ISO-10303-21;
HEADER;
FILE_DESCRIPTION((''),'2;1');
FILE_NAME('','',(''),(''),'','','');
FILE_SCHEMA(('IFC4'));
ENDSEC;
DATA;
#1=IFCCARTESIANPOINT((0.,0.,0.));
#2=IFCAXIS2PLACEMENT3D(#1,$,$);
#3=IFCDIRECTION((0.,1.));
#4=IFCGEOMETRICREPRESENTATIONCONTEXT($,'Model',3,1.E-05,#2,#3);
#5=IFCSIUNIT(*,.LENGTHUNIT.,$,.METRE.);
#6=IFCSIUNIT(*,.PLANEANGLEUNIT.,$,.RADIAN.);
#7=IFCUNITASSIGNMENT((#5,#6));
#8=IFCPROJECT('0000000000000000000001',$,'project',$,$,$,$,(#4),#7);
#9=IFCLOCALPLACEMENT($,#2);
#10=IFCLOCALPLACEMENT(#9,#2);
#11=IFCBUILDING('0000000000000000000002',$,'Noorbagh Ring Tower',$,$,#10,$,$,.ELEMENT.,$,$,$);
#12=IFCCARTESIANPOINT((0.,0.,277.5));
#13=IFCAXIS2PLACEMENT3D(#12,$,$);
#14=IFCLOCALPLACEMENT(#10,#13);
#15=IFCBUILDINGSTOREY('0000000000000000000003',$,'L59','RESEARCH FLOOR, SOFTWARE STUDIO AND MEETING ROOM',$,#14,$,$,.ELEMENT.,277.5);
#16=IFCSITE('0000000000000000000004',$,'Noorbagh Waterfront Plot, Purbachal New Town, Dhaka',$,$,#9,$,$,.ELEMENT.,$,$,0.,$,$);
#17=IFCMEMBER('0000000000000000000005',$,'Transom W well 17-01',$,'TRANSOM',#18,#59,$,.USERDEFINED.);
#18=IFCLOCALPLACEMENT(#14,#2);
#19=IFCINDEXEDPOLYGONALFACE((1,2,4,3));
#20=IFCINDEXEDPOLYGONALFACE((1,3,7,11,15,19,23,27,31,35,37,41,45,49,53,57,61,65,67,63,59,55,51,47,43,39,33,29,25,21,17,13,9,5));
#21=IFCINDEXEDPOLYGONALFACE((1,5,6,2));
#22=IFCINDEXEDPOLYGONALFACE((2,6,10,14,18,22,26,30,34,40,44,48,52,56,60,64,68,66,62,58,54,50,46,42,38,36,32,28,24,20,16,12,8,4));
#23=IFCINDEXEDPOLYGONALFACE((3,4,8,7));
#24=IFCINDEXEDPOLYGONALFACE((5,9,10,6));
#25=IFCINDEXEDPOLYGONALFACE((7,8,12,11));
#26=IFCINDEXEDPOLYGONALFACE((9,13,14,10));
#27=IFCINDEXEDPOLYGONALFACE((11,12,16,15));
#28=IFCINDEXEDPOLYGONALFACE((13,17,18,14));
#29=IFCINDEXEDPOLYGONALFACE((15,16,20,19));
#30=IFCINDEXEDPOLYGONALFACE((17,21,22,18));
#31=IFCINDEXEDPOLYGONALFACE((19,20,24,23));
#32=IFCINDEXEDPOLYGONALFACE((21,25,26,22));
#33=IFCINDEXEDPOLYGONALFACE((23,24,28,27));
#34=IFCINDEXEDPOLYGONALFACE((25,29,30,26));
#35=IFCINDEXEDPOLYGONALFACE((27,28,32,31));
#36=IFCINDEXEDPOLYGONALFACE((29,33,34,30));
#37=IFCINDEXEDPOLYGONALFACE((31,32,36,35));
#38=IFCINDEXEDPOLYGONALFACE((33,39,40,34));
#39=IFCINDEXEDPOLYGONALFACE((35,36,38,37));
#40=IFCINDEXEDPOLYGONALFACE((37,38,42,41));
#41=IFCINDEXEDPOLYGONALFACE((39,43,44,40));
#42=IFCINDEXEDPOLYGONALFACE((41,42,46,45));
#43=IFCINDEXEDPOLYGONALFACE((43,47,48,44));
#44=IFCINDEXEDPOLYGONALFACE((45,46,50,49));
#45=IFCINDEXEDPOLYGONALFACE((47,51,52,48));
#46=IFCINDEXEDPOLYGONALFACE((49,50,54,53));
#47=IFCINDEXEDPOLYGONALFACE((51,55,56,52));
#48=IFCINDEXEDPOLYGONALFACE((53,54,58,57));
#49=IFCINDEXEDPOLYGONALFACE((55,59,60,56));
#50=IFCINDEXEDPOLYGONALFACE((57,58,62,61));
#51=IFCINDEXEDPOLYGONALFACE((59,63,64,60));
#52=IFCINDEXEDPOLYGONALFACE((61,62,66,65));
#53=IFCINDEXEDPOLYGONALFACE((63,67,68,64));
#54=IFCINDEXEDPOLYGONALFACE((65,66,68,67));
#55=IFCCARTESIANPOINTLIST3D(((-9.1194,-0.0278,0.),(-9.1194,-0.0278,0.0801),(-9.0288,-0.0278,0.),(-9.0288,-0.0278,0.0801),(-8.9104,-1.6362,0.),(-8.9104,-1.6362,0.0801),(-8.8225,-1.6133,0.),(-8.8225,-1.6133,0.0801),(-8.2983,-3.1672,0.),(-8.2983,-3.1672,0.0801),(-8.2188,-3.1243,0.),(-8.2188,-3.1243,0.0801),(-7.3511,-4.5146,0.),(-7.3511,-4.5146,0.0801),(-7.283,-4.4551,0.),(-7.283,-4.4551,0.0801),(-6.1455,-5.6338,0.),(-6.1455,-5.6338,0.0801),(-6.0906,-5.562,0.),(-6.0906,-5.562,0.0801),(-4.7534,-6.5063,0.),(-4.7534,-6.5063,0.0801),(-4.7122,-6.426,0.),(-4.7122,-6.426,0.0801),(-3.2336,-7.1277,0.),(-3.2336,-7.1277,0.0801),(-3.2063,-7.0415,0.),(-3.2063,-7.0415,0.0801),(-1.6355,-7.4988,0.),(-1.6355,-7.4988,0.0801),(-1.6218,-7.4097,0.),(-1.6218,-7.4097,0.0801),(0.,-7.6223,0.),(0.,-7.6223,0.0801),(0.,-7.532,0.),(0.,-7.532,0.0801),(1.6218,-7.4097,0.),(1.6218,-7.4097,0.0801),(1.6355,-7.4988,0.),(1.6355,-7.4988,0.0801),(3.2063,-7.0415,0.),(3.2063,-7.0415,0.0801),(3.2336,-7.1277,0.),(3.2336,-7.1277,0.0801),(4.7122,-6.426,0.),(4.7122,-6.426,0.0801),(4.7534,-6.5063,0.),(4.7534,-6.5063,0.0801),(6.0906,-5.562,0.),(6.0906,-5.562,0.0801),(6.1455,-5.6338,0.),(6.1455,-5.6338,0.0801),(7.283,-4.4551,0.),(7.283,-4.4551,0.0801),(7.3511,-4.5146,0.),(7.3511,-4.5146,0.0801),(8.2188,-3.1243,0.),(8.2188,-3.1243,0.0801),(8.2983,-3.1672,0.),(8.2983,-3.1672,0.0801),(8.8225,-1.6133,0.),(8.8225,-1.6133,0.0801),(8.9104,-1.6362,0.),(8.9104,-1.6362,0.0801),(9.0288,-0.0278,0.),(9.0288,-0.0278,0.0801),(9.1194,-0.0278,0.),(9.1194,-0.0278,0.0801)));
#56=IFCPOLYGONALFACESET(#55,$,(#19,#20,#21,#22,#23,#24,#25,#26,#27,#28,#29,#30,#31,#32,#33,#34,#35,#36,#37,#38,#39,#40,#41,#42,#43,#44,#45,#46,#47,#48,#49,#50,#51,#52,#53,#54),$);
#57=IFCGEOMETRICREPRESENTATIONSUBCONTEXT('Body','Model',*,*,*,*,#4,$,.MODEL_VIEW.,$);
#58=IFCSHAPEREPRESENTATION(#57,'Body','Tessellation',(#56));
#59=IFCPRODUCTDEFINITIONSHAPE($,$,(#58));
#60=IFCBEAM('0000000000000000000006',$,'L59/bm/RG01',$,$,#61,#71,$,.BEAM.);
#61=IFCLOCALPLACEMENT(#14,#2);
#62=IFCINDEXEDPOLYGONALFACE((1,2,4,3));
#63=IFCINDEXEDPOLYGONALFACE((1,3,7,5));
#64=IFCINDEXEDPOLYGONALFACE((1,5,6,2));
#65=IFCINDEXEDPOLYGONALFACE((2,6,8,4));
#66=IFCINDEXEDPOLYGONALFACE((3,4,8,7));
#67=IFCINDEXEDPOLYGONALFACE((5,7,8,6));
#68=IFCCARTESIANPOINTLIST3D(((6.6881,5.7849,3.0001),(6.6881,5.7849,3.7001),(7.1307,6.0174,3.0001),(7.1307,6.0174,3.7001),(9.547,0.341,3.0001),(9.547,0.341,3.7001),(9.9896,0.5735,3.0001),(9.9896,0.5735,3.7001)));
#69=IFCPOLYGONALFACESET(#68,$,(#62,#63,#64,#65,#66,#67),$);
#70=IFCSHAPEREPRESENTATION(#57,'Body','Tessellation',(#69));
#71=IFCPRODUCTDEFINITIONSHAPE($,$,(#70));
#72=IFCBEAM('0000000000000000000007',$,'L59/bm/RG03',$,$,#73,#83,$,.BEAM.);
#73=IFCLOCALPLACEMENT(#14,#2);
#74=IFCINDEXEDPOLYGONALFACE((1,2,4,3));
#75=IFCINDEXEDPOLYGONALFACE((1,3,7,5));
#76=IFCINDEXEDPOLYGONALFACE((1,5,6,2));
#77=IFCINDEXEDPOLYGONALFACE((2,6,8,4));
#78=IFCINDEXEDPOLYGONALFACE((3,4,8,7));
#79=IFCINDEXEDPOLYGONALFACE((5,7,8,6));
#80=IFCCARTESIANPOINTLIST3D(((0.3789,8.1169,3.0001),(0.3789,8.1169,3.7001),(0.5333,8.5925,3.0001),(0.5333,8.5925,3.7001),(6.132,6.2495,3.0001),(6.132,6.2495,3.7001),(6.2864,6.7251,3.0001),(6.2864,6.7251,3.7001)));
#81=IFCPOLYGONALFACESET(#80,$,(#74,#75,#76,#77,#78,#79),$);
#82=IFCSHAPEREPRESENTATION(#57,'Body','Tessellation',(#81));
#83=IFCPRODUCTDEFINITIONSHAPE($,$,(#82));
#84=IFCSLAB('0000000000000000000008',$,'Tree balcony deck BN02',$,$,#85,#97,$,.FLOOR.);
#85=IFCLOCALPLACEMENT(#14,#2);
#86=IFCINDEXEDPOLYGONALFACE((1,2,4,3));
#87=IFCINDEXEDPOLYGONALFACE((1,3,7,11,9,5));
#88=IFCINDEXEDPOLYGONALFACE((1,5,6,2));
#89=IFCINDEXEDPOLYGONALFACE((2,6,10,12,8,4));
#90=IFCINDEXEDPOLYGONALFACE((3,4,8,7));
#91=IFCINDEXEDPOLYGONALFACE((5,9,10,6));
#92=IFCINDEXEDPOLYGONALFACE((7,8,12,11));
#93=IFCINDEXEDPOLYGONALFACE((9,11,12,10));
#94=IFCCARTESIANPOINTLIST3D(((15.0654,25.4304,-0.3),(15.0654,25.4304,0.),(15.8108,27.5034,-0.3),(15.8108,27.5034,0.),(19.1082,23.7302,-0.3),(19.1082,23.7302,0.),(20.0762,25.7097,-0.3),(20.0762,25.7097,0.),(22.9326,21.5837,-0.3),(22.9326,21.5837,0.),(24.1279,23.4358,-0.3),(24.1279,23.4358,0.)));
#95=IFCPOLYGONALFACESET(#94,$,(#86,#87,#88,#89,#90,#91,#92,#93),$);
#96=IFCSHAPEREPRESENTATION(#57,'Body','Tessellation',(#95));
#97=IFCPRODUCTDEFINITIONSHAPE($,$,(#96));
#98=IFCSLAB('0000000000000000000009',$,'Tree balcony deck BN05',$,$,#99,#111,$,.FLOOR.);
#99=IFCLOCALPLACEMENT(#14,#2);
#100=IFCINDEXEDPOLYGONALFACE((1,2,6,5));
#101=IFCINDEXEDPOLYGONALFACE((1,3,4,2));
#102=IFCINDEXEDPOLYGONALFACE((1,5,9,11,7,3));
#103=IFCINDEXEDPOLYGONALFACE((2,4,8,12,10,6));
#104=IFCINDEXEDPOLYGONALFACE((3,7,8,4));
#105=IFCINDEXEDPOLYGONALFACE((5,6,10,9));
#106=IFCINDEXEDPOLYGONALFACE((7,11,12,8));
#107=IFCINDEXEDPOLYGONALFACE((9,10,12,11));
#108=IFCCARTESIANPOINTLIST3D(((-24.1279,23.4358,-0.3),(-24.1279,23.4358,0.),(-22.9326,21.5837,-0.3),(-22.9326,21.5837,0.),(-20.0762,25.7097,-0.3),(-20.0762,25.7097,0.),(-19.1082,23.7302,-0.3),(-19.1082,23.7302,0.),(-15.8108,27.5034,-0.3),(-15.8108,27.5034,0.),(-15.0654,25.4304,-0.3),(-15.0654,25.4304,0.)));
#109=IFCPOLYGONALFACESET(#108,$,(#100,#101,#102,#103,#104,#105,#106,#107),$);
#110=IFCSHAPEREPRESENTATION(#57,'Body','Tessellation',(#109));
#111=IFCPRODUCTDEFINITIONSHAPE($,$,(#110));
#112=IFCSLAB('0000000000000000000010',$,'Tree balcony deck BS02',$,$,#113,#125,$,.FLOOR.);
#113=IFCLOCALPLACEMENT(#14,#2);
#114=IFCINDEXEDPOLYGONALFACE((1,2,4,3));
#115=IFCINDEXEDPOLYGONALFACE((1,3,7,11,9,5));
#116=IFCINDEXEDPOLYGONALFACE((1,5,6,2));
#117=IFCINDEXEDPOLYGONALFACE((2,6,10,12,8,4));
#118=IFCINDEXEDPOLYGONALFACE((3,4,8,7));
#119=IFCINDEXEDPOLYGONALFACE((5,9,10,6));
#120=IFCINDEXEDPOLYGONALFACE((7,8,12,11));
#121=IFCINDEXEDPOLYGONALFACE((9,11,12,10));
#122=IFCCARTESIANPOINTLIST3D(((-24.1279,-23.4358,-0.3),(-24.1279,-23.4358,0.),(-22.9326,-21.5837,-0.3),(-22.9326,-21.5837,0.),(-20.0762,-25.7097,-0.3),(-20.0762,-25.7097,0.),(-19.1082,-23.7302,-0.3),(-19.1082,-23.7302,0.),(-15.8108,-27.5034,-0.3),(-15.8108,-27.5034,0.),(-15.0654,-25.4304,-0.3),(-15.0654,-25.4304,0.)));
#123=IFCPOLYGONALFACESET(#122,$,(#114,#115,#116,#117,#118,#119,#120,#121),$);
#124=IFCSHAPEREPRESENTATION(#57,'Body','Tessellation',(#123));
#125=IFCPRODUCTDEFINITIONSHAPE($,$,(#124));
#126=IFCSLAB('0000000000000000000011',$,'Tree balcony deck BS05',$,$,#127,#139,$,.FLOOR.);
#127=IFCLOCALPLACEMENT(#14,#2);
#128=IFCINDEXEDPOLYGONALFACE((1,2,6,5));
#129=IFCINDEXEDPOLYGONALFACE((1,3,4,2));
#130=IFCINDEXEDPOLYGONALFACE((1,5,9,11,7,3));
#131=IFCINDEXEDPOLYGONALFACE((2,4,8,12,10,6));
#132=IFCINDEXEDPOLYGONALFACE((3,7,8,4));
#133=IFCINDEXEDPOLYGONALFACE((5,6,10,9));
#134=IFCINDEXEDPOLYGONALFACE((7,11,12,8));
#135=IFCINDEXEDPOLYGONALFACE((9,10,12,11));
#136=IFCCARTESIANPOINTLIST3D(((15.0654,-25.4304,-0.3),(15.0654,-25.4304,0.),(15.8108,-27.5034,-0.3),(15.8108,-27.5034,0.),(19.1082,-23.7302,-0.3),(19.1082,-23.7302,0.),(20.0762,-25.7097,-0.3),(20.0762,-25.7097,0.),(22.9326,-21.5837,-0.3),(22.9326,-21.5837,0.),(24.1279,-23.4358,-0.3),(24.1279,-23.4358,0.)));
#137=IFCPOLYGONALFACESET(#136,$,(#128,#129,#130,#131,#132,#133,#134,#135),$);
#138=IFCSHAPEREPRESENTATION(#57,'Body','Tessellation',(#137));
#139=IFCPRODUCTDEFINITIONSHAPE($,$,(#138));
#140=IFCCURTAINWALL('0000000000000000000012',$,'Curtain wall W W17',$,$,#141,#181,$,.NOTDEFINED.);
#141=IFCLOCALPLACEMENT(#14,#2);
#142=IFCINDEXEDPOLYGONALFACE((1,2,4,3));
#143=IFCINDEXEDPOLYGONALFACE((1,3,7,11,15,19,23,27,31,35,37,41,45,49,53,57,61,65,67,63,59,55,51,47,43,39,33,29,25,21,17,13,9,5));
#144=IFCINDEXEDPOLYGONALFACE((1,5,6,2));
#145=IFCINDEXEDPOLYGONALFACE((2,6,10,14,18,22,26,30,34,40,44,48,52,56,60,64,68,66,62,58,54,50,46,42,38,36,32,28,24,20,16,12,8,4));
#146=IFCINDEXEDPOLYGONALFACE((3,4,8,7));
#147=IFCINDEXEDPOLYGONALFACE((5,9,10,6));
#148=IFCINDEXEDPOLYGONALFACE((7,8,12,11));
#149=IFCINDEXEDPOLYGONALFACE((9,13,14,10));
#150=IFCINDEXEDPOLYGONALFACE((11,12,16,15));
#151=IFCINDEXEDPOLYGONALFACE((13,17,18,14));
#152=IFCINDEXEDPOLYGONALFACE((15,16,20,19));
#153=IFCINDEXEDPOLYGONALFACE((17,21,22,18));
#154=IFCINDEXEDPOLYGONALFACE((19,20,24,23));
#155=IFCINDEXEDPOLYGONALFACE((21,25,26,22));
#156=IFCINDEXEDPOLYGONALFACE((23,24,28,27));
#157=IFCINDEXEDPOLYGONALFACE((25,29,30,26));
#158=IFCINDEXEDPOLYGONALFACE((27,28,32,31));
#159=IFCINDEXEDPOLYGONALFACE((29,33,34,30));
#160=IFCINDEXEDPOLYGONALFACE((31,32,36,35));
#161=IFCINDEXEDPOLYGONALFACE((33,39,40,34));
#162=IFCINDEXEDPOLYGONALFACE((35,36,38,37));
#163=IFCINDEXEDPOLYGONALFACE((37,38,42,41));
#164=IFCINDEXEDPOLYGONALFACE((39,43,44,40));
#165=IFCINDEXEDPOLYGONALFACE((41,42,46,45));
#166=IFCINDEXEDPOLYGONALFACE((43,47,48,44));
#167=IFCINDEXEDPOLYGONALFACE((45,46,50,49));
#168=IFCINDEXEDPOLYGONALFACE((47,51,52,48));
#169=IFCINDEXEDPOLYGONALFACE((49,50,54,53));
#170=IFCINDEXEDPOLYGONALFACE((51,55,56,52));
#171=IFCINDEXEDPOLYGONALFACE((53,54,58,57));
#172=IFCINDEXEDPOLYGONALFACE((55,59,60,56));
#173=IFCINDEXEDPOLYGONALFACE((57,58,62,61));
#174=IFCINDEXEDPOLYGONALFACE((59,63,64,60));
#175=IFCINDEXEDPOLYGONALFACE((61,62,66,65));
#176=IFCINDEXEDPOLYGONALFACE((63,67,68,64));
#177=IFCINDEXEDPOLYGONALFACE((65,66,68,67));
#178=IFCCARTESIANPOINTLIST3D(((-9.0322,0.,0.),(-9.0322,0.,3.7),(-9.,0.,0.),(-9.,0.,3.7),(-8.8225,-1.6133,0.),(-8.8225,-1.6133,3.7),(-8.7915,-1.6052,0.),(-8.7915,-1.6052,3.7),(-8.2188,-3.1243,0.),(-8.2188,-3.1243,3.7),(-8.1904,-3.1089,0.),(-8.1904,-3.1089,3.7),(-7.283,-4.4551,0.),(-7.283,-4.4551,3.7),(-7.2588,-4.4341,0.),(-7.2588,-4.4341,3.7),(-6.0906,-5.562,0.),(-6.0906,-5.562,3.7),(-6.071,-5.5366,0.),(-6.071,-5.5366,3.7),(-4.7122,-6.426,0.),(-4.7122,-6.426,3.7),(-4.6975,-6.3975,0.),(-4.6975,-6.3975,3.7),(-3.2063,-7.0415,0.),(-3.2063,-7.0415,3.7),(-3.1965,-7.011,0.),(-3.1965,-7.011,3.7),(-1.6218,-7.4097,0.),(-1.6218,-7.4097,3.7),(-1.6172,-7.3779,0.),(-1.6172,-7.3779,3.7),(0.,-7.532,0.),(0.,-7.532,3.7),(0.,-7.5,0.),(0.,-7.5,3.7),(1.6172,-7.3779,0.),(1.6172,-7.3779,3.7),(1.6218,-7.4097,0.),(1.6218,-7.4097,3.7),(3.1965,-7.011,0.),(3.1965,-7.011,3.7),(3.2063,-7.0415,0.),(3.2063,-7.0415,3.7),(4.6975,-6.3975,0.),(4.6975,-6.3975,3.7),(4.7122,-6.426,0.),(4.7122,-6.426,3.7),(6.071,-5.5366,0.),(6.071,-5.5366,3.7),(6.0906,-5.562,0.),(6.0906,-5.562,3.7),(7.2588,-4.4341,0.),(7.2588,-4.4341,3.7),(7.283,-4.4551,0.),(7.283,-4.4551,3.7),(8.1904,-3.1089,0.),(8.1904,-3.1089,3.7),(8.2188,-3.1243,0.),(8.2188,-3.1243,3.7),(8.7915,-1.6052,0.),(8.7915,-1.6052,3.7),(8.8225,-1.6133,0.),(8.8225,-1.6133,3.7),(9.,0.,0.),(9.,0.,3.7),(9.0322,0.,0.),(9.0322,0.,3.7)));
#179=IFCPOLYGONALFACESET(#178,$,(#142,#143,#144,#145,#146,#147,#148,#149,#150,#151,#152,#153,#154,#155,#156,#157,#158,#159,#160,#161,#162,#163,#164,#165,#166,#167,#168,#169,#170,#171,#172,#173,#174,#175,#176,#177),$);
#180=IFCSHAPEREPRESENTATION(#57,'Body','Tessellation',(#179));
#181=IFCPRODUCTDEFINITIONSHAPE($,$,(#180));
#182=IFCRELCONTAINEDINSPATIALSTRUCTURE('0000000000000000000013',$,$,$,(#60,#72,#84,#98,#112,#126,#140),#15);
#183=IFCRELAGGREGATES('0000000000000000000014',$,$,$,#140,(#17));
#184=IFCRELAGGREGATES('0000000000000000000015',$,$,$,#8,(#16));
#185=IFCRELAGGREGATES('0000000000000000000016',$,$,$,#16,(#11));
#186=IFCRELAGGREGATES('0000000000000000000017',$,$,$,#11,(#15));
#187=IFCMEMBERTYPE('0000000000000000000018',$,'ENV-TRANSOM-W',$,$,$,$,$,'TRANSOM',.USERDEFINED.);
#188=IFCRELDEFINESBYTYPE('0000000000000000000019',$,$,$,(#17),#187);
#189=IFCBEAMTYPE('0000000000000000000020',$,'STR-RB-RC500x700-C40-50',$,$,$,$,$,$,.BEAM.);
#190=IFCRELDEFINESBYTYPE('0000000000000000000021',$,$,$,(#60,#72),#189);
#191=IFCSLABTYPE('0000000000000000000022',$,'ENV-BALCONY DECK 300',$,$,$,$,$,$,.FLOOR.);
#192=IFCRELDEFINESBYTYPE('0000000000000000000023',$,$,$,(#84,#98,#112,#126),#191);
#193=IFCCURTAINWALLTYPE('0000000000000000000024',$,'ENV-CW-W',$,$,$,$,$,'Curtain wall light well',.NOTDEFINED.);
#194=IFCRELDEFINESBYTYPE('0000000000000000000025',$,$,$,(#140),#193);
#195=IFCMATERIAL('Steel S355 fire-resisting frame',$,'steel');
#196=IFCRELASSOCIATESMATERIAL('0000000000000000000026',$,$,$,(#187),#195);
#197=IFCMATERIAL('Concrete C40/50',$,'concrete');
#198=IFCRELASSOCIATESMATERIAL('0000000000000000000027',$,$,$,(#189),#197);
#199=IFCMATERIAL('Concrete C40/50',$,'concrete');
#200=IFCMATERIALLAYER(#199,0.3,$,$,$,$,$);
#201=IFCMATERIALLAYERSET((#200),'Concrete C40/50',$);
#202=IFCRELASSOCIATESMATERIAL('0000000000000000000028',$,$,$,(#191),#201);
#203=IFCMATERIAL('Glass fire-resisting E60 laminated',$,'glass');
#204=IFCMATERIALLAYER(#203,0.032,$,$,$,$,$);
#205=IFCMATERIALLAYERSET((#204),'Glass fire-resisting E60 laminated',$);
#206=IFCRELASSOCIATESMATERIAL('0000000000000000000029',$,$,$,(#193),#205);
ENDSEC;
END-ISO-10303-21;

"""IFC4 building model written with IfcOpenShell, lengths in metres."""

from ifc_helpers import new_model, si_unit, direction, frame, origin, origin_2d, place, context, subcontext, project, spatial, polyline, rectangle, outline, extrude, material, layer, layer_set, material_profile, profile_set, type_object, element, aggregate, save


model = new_model("IFC4")

# Units and contexts
model_context = context("Model", 3, precision=1e-05, world=origin(), true_north=direction((0.0, 1.0)))
body_context = subcontext(model_context, "Body", "Model", "MODEL_VIEW")
ifc_project = project(units=[si_unit("LENGTHUNIT", "METRE"), si_unit("PLANEANGLEUNIT", "RADIAN")], contexts=[model_context])

# Site, building, storey
site_placement = place(None, origin())
site = spatial("IfcSite", under=ifc_project, at=site_placement, Name="Noorbagh Waterfront Plot, Purbachal New Town, Dhaka", CompositionType="ELEMENT", RefElevation=0.0)
building_placement = place(site_placement, origin())
building = spatial("IfcBuilding", under=site, at=building_placement, Name="Noorbagh Ring Tower", CompositionType="ELEMENT")
storey_placement = place(building_placement, frame((0.0, 0.0, 277.5)))
storey = spatial("IfcBuildingStorey", under=building, at=storey_placement, Name="L59", Description="RESEARCH FLOOR, SOFTWARE STUDIO AND MEETING ROOM", CompositionType="ELEMENT", Elevation=277.5)

# Member
ifc_material_1 = material(Name="Steel S355 fire-resisting frame", Category="steel")
member_type_1 = type_object("IfcMemberType", Name="ENV-TRANSOM-W", ElementType="TRANSOM", PredefinedType="USERDEFINED", material=ifc_material_1)
member_1_placement = place(storey_placement, origin())
member_1 = element("IfcMember", 1, at=member_1_placement, type_object=member_type_1, Name="Transom W well 17-01", ObjectType="TRANSOM", PredefinedType="USERDEFINED", context=body_context, shape_type="SweptSolid", body=[
    extrude(outline(polyline([(-9.1194, -0.0278), (-8.9104, -1.6362), (-8.2983, -3.1672), (-7.3511, -4.5146), (-6.1455, -5.6338), (-4.7534, -6.5063), (-3.2336, -7.1277), (-1.6355, -7.4988), (0.0, -7.6223), (1.6355, -7.4988), (3.2336, -7.1277), (4.7534, -6.5063), (6.1455, -5.6338), (7.3511, -4.5146), (8.2983, -3.1672), (8.9104, -1.6362), (9.1194, -0.0278), (9.0288, -0.0278), (8.8225, -1.6133), (8.2188, -3.1243), (7.283, -4.4551), (6.0906, -5.562), (4.7122, -6.426), (3.2063, -7.0415), (1.6218, -7.4097), (0.0, -7.532), (-1.6218, -7.4097), (-3.2063, -7.0415), (-4.7122, -6.426), (-6.0906, -5.562), (-7.283, -4.4551), (-8.2188, -3.1243), (-8.8225, -1.6133), (-9.0288, -0.0278), (-9.1194, -0.0278)])), origin(), (0.0, 0.0, 1.0), 0.0801),
])

# Beams
ifc_material_2 = material(Name="Concrete C40/50", Category="concrete")
ifc_material_profile_1 = material_profile(ifc_material_2, rectangle(XDim=0.5, YDim=0.7, at=origin_2d()), Name="RC500x700")
ifc_profile_set_1 = profile_set([ifc_material_profile_1], Name="Concrete C40/50")
beam_type = type_object("IfcBeamType", Name="STR-RB-RC500x700-C40-50", PredefinedType="BEAM", material=ifc_profile_set_1)
beam_1_placement = place(storey_placement, frame((9.7683, 0.4573, 3.3501), z_axis=(-0.464944, 0.88534, 0.0), x_axis=(-0.88534, -0.464944, 0.0)))
element("IfcBeam", 2, at=beam_1_placement, inside=storey, type_object=beam_type, Name="L59/bm/RG01", PredefinedType="BEAM", context=body_context, shape_type="SweptSolid", body=[
    extrude(rectangle(XDim=0.5, YDim=0.7, at=origin_2d()), origin(), (0.0, 0.0, 1.0), 6.1489),
])
beam_2_placement = place(storey_placement, frame((6.2092, 6.4873, 3.3501), z_axis=(-0.951148, 0.308735, 0.0), x_axis=(-0.308735, -0.951148, 0.0)))
element("IfcBeam", 3, at=beam_2_placement, inside=storey, type_object=beam_type, Name="L59/bm/RG03", PredefinedType="BEAM", context=body_context, shape_type="SweptSolid", body=[
    extrude(rectangle(XDim=0.5, YDim=0.7, at=origin_2d()), origin(), (0.0, 0.0, 1.0), 6.0486),
])

# Slabs
ifc_material_3 = material(Name="Concrete C40/50", Category="concrete")
ifc_layer_1 = layer(ifc_material_3, 0.3)
ifc_layer_set_1 = layer_set([ifc_layer_1], Name="Concrete C40/50")
slab_type = type_object("IfcSlabType", Name="ENV-BALCONY DECK 300", PredefinedType="FLOOR", material=ifc_layer_set_1)
slab_1_placement = place(storey_placement, frame((0.0, 0.0, -0.3)))
element("IfcSlab", 4, at=slab_1_placement, inside=storey, type_object=slab_type, Name="Tree balcony deck BN02", PredefinedType="FLOOR", context=body_context, shape_type="SweptSolid", body=[
    extrude(outline(polyline([(24.1279, 23.4358), (20.0762, 25.7097), (15.8108, 27.5034), (15.0654, 25.4304), (19.1082, 23.7302), (22.9326, 21.5837), (24.1279, 23.4358)])), origin(), (0.0, 0.0, 1.0), 0.3),
])
slab_2_placement = place(storey_placement, frame((0.0, 0.0, -0.3)))
element("IfcSlab", 5, at=slab_2_placement, inside=storey, type_object=slab_type, Name="Tree balcony deck BN05", PredefinedType="FLOOR", context=body_context, shape_type="SweptSolid", body=[
    extrude(outline(polyline([(-15.8108, 27.5034), (-20.0762, 25.7097), (-24.1279, 23.4358), (-22.9326, 21.5837), (-19.1082, 23.7302), (-15.0654, 25.4304), (-15.8108, 27.5034)])), origin(), (0.0, 0.0, 1.0), 0.3),
])
slab_3_placement = place(storey_placement, frame((0.0, 0.0, -0.3)))
element("IfcSlab", 6, at=slab_3_placement, inside=storey, type_object=slab_type, Name="Tree balcony deck BS02", PredefinedType="FLOOR", context=body_context, shape_type="SweptSolid", body=[
    extrude(outline(polyline([(-24.1279, -23.4358), (-20.0762, -25.7097), (-15.8108, -27.5034), (-15.0654, -25.4304), (-19.1082, -23.7302), (-22.9326, -21.5837), (-24.1279, -23.4358)])), origin(), (0.0, 0.0, 1.0), 0.3),
])
slab_4_placement = place(storey_placement, frame((0.0, 0.0, -0.3)))
element("IfcSlab", 7, at=slab_4_placement, inside=storey, type_object=slab_type, Name="Tree balcony deck BS05", PredefinedType="FLOOR", context=body_context, shape_type="SweptSolid", body=[
    extrude(outline(polyline([(15.8108, -27.5034), (20.0762, -25.7097), (24.1279, -23.4358), (22.9326, -21.5837), (19.1082, -23.7302), (15.0654, -25.4304), (15.8108, -27.5034)])), origin(), (0.0, 0.0, 1.0), 0.3),
])

# Curtain wall
ifc_material_4 = material(Name="Glass fire-resisting E60 laminated", Category="glass")
ifc_layer_2 = layer(ifc_material_4, 0.032)
ifc_layer_set_2 = layer_set([ifc_layer_2], Name="Glass fire-resisting E60 laminated")
curtain_wall_type_1 = type_object("IfcCurtainWallType", Name="ENV-CW-W", ElementType="Curtain wall light well", PredefinedType="NOTDEFINED", material=ifc_layer_set_2)
curtain_wall_1_placement = place(storey_placement, origin())
curtain_wall_1 = element("IfcCurtainWall", 8, at=curtain_wall_1_placement, inside=storey, type_object=curtain_wall_type_1, Name="Curtain wall W W17", PredefinedType="NOTDEFINED", context=body_context, shape_type="SweptSolid", body=[
    extrude(outline(polyline([(-9.0322, 0.0), (-8.8225, -1.6133), (-8.2188, -3.1243), (-7.283, -4.4551), (-6.0906, -5.562), (-4.7122, -6.426), (-3.2063, -7.0415), (-1.6218, -7.4097), (0.0, -7.532), (1.6218, -7.4097), (3.2063, -7.0415), (4.7122, -6.426), (6.0906, -5.562), (7.283, -4.4551), (8.2188, -3.1243), (8.8225, -1.6133), (9.0322, 0.0), (9.0, 0.0), (8.7915, -1.6052), (8.1904, -3.1089), (7.2588, -4.4341), (6.071, -5.5366), (4.6975, -6.3975), (3.1965, -7.011), (1.6172, -7.3779), (0.0, -7.5), (-1.6172, -7.3779), (-3.1965, -7.011), (-4.6975, -6.3975), (-6.071, -5.5366), (-7.2588, -4.4341), (-8.1904, -3.1089), (-8.7915, -1.6052), (-9.0, 0.0), (-9.0322, 0.0)])), origin(), (0.0, 0.0, 1.0), 3.7),
])
aggregate(curtain_wall_1, [member_1])

save(model, "model.ifc")
